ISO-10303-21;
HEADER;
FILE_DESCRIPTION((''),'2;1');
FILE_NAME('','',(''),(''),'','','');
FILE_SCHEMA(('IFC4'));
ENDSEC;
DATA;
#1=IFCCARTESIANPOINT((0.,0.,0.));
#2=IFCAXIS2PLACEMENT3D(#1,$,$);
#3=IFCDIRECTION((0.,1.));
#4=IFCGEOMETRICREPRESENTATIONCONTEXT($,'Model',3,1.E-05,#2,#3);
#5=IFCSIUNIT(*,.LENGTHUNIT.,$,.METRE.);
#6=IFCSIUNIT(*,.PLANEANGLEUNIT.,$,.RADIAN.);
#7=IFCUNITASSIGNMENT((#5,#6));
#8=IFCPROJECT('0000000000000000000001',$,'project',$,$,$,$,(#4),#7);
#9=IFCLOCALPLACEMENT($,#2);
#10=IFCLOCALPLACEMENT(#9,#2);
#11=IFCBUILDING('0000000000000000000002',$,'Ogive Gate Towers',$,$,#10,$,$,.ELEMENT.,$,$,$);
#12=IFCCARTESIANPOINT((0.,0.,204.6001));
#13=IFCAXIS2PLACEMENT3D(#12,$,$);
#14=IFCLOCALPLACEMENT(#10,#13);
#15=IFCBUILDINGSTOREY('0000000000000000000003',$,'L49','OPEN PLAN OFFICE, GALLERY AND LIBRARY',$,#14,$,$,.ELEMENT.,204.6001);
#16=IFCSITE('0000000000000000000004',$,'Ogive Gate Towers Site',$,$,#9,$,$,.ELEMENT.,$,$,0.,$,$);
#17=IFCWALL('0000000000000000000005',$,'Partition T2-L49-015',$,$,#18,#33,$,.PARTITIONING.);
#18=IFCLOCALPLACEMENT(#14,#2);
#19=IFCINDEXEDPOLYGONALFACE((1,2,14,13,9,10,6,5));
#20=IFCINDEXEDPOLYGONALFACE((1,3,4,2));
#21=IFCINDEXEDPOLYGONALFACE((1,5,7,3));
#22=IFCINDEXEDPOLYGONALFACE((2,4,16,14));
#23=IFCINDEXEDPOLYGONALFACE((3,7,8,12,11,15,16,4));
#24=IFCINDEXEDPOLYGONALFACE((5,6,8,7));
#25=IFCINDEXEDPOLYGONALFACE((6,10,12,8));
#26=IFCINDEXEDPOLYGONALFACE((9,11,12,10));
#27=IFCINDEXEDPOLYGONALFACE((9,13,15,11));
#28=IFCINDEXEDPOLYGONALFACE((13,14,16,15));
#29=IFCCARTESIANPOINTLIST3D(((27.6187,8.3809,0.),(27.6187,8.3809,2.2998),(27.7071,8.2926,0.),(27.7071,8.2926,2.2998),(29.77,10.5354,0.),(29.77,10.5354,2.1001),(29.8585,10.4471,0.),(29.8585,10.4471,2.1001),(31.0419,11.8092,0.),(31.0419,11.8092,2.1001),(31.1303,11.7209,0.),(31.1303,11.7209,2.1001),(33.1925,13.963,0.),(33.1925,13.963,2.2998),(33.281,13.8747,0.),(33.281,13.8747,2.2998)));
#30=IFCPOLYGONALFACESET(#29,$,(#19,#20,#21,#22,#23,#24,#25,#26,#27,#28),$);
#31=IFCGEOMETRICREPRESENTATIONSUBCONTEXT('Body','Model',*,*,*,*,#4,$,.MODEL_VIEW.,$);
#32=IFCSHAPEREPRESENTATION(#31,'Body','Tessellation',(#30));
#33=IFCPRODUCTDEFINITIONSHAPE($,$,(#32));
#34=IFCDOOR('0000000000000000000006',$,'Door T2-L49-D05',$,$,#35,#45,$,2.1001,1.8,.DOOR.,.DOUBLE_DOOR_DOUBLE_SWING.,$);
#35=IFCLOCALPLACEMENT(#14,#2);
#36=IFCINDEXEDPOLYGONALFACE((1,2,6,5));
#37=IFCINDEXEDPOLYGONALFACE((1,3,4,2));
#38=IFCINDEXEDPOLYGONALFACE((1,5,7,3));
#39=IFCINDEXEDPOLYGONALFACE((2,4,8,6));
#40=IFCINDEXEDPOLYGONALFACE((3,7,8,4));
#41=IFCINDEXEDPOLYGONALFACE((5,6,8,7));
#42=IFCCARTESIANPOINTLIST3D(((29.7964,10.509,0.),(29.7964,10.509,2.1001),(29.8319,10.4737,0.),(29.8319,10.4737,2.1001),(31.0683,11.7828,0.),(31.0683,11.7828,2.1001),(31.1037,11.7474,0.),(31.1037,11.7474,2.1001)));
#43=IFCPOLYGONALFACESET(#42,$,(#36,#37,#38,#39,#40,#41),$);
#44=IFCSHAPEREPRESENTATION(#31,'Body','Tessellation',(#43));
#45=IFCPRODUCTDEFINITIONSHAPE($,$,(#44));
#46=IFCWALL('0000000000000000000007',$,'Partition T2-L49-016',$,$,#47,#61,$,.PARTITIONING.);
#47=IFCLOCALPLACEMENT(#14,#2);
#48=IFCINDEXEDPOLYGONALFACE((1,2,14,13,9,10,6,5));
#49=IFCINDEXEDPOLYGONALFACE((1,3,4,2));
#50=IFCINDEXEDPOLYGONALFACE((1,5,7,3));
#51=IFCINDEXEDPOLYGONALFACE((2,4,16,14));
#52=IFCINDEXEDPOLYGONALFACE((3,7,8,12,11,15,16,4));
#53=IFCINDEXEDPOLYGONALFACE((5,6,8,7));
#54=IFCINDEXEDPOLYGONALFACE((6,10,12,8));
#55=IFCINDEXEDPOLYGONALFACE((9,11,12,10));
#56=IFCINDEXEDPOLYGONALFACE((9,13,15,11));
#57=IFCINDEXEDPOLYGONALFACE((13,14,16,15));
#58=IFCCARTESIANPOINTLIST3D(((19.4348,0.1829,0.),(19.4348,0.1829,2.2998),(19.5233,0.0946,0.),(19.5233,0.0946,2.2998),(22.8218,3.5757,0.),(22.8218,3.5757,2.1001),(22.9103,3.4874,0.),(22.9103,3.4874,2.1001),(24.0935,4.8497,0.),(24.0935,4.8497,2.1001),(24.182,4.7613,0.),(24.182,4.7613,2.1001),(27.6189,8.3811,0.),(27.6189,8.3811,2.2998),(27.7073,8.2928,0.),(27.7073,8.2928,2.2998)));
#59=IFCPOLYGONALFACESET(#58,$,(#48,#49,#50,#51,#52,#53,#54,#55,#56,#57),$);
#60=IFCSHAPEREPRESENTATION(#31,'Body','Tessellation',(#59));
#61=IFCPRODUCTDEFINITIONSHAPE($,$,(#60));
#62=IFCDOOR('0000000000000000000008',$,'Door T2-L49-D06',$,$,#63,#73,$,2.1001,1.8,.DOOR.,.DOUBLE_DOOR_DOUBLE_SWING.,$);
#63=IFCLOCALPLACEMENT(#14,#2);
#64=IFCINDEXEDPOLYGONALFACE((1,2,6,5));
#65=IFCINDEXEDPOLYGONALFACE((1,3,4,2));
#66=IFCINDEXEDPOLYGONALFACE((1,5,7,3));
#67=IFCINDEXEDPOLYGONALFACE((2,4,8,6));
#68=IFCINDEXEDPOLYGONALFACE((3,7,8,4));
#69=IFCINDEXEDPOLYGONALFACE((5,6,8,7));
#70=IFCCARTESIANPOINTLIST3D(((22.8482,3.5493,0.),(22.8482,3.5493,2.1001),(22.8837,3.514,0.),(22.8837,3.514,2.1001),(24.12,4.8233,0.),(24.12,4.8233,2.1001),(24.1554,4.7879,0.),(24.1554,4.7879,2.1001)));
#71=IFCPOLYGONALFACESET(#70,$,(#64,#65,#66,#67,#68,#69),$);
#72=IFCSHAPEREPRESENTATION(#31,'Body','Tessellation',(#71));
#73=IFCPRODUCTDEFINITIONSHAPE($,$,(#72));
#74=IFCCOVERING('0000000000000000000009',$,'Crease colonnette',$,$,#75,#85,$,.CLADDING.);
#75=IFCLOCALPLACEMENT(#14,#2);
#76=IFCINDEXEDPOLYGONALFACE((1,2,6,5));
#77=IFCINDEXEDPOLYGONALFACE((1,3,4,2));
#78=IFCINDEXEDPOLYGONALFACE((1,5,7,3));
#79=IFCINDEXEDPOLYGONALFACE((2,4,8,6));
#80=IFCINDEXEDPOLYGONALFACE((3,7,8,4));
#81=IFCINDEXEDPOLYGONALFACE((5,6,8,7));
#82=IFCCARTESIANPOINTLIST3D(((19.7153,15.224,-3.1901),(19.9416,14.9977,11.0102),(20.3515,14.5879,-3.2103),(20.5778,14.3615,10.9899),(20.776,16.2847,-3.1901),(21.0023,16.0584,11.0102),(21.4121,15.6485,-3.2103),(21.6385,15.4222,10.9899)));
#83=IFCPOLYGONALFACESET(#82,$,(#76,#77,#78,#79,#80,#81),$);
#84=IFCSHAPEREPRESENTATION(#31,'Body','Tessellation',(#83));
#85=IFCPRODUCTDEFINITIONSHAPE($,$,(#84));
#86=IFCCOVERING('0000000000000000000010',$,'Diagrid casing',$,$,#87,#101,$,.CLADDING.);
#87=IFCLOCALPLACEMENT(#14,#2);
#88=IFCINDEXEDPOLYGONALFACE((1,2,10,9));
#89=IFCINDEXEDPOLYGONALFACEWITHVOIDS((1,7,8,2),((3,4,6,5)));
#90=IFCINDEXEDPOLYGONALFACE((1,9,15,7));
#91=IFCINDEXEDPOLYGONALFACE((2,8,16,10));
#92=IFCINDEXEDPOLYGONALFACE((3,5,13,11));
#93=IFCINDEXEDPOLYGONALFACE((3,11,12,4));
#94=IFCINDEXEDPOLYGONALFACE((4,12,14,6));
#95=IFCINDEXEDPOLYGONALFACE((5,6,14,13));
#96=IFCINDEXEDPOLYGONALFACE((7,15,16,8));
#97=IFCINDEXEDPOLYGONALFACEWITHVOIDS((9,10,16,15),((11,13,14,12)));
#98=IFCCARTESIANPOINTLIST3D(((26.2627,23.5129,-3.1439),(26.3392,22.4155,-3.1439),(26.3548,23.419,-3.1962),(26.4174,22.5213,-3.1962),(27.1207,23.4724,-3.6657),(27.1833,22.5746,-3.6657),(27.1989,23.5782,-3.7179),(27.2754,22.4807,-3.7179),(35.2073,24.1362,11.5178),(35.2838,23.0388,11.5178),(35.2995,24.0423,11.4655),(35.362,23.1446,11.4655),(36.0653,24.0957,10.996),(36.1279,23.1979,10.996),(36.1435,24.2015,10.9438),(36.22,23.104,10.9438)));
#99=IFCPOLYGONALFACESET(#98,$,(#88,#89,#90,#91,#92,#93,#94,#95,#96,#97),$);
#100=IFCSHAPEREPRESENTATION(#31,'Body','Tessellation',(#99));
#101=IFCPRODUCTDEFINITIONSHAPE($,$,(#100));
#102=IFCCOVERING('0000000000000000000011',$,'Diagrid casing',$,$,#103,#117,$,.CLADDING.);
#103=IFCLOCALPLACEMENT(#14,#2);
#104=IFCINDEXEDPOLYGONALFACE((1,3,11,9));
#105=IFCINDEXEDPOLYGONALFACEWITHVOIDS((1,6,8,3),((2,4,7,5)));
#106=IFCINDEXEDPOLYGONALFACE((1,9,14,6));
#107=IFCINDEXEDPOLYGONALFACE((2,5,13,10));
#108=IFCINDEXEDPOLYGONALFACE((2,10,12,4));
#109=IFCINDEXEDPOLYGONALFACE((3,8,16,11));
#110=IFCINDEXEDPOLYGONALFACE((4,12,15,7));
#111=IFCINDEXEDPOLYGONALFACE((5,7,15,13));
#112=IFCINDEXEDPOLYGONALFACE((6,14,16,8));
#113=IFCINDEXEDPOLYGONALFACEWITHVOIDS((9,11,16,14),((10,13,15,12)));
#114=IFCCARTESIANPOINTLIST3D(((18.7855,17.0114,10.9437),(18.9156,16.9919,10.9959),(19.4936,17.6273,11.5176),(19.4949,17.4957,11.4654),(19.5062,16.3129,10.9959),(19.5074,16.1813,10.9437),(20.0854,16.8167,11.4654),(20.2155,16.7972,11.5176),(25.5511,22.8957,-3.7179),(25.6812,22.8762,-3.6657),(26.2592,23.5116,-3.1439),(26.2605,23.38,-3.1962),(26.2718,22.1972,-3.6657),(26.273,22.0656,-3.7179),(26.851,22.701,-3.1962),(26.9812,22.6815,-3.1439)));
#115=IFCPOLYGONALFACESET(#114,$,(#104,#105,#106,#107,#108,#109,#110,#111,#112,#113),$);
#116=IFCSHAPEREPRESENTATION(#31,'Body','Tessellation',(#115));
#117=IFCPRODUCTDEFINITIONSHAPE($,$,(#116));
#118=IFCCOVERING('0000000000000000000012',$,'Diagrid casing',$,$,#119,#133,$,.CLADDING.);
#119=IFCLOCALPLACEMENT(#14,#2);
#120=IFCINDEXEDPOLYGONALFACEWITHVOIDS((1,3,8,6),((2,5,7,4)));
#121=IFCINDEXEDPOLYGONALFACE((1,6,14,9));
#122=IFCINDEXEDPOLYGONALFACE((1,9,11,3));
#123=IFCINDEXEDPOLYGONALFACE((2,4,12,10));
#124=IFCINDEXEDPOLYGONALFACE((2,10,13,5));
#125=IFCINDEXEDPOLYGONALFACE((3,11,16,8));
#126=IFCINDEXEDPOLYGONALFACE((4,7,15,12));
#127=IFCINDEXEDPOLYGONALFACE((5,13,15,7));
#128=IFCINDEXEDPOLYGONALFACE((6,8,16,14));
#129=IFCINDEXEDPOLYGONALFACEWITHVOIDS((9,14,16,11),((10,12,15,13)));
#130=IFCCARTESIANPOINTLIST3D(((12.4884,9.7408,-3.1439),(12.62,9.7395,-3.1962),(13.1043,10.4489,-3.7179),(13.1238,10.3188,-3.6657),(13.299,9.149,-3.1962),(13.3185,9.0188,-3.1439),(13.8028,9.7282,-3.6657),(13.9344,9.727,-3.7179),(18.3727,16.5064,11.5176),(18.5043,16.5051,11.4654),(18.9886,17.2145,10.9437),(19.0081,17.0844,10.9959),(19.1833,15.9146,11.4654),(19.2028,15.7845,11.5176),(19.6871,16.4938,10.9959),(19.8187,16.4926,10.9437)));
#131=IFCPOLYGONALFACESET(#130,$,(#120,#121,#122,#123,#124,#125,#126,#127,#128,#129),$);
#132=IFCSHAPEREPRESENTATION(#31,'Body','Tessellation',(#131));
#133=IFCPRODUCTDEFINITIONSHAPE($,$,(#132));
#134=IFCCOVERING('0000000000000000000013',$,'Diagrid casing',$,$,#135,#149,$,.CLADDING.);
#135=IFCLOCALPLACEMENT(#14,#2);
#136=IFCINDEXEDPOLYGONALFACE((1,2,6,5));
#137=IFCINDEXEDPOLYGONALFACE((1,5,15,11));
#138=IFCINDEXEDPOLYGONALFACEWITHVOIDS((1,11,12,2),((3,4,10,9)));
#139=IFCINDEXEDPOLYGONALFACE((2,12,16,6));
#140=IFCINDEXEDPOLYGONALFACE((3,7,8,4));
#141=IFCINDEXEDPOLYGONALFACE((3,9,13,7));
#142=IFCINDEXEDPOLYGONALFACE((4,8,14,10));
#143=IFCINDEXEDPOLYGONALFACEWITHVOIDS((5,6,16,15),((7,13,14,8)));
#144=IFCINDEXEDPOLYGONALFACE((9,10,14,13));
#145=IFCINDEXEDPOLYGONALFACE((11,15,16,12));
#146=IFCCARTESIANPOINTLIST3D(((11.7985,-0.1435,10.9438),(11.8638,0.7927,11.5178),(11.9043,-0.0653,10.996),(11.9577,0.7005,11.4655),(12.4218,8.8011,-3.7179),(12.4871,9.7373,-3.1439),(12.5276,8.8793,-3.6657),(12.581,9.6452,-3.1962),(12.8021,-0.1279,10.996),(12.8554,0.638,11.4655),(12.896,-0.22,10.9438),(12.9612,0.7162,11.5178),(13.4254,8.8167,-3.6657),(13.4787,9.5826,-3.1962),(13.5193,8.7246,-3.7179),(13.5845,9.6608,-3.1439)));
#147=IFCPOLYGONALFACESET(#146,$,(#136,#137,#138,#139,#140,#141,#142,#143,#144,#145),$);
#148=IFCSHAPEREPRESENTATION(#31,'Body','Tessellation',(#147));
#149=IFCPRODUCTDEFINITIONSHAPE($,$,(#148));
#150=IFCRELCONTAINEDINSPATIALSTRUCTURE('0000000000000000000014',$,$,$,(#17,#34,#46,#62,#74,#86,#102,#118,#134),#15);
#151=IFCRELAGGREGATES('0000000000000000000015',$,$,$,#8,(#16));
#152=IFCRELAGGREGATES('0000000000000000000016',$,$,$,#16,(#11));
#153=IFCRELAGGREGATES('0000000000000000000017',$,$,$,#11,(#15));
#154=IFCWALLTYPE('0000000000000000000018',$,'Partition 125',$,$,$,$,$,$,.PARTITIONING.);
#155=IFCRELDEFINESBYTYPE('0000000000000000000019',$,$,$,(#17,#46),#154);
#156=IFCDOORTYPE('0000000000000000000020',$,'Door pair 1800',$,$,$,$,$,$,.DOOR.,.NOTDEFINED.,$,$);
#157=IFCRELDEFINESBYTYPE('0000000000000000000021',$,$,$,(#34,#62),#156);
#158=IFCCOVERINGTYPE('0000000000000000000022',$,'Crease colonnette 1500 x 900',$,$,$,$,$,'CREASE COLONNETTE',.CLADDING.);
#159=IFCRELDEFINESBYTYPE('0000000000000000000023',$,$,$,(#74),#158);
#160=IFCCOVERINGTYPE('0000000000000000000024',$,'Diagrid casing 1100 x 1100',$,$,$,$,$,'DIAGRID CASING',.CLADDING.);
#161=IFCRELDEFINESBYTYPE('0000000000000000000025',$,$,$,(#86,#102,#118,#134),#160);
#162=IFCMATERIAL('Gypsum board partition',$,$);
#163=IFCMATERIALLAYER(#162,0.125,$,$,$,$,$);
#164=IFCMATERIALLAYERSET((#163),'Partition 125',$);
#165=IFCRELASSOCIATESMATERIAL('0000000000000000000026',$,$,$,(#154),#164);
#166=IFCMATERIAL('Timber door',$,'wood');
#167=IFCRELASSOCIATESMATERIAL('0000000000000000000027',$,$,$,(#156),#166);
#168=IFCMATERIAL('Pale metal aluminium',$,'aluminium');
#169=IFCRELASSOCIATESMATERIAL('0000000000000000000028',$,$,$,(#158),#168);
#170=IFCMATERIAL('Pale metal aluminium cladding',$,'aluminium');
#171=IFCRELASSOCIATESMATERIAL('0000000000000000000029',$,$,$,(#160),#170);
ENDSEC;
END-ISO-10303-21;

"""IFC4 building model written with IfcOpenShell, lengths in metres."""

from ifc_helpers import new_model, si_unit, direction, frame, frame_2d, origin, origin_2d, place, context, subcontext, project, spatial, rectangle, hollow_rectangle, extrude, material, layer, layer_set, material_profile, profile_set, type_object, element, fill, save


model = new_model("IFC4")

# Units and contexts
model_context = context("Model", 3, precision=1e-05, world=origin(), true_north=direction((0.0, 1.0)))
body_context = subcontext(model_context, "Body", "Model", "MODEL_VIEW")
ifc_project = project(units=[si_unit("LENGTHUNIT", "METRE"), si_unit("PLANEANGLEUNIT", "RADIAN")], contexts=[model_context])

# Site, building, storey
site_placement = place(None, origin())
site = spatial("IfcSite", under=ifc_project, at=site_placement, Name="Ogive Gate Towers Site", CompositionType="ELEMENT", RefElevation=0.0)
building_placement = place(site_placement, origin())
building = spatial("IfcBuilding", under=site, at=building_placement, Name="Ogive Gate Towers", CompositionType="ELEMENT")
storey_placement = place(building_placement, frame((0.0, 0.0, 204.6001)))
storey = spatial("IfcBuildingStorey", under=building, at=storey_placement, Name="L49", Description="OPEN PLAN OFFICE, GALLERY AND LIBRARY", CompositionType="ELEMENT", Elevation=204.6001)

# Shared definitions
ifc_material_1 = material(Name="Gypsum board partition")
ifc_layer_1 = layer(ifc_material_1, 0.125)
ifc_layer_set_1 = layer_set([ifc_layer_1], Name="Partition 125")
wall_type_1 = type_object("IfcWallType", Name="Partition 125", PredefinedType="PARTITIONING", material=ifc_layer_set_1)

# Walls, openings, doors
wall_1_placement = place(storey_placement, frame((33.2368, 13.9189, 0.0), z_axis=(0.0, 0.0, 1.0), x_axis=(-0.70658, -0.707633, 0.0)))
wall_1 = element("IfcWall", 1, at=wall_1_placement, inside=storey, type_object=wall_type_1, Name="Partition T2-L49-015", PredefinedType="PARTITIONING", context=body_context, shape_type="SweptSolid", body=[
    extrude(rectangle(XDim=7.8884, YDim=0.125, at=frame_2d((3.9443, 0.0))), origin(), (0.0, 0.0, 1.0), 2.2998),
])
opening_1_placement = place(wall_1_placement, frame((3.0439, 0.0, 0.0)))
opening_1 = element("IfcOpeningElement", 2, at=opening_1_placement, cuts=wall_1, PredefinedType="OPENING", context=body_context, shape_type="SweptSolid", body=[
    extrude(rectangle(XDim=1.8, YDim=2.1001, at=frame_2d((0.8999, 1.05))), frame((0.0, 0.0725, 0.0), z_axis=(0.0, -1.0, 0.0), x_axis=(1.0, 0.0, 0.0)), (0.0, 0.0, 1.0), 0.145),
])
ifc_material_2 = material(Name="Timber door", Category="wood")
door_type = type_object("IfcDoorType", Name="Door pair 1800", OperationType="NOTDEFINED", PredefinedType="DOOR", material=ifc_material_2)
door_1_placement = place(opening_1_placement, origin())
door_1 = element("IfcDoor", 3, at=door_1_placement, inside=storey, type_object=door_type, Name="Door T2-L49-D05", OperationType="DOUBLE_DOOR_DOUBLE_SWING", OverallHeight=2.1001, OverallWidth=1.8, PredefinedType="DOOR", context=body_context, shape_type="SweptSolid", body=[
    extrude(rectangle(XDim=1.8, YDim=2.1001, at=frame_2d((0.8999, 1.05))), frame((0.0, 0.0249, 0.0), z_axis=(0.0, -1.0, 0.0), x_axis=(1.0, 0.0, 0.0)), (0.0, 0.0, 1.0), 0.05),
])
fill(opening_1, door_1)
wall_2_placement = place(storey_placement, frame((27.6631, 8.3369, 0.0), z_axis=(0.0, 0.0, 1.0), x_axis=(-0.706495, -0.707718, 0.0)))
wall_2 = element("IfcWall", 4, at=wall_2_placement, inside=storey, type_object=wall_type_1, Name="Partition T2-L49-016", PredefinedType="PARTITIONING", context=body_context, shape_type="SweptSolid", body=[
    extrude(rectangle(XDim=11.584, YDim=0.125, at=frame_2d((5.792, 0.0))), origin(), (0.0, 0.0, 1.0), 2.2998),
])
opening_2_placement = place(wall_2_placement, frame((4.99, 0.0, 0.0)))
opening_2 = element("IfcOpeningElement", 5, at=opening_2_placement, cuts=wall_2, PredefinedType="OPENING", context=body_context, shape_type="SweptSolid", body=[
    extrude(rectangle(XDim=1.8, YDim=2.1001, at=frame_2d((0.8999, 1.05))), frame((0.0, 0.0725, 0.0), z_axis=(0.0, -1.0, 0.0), x_axis=(1.0, 0.0, 0.0)), (0.0, 0.0, 1.0), 0.145),
])
door_2_placement = place(opening_2_placement, origin())
door_2 = element("IfcDoor", 6, at=door_2_placement, inside=storey, type_object=door_type, Name="Door T2-L49-D06", OperationType="DOUBLE_DOOR_DOUBLE_SWING", OverallHeight=2.1001, OverallWidth=1.8, PredefinedType="DOOR", context=body_context, shape_type="SweptSolid", body=[
    extrude(rectangle(XDim=1.8, YDim=2.1001, at=frame_2d((0.8999, 1.05))), frame((0.0, 0.0249, 0.0), z_axis=(0.0, -1.0, 0.0), x_axis=(1.0, 0.0, 0.0)), (0.0, 0.0, 1.0), 0.05),
])
fill(opening_2, door_2)

# Coverings
ifc_material_3 = material(Name="Pale metal aluminium", Category="aluminium")
ifc_material_profile_1 = material_profile(ifc_material_3, rectangle(XDim=1.5, YDim=0.8999, at=origin_2d()), Name="1500 x 900 pale metal aluminium")
ifc_profile_set_1 = profile_set([ifc_material_profile_1], Name="Pale metal aluminium")
covering_type_1 = type_object("IfcCoveringType", Name="Crease colonnette 1500 x 900", ElementType="CREASE COLONNETTE", PredefinedType="CLADDING", material=ifc_profile_set_1)
covering_placement = place(storey_placement, frame((20.5637, 15.4363, -3.2002), z_axis=(0.015934, -0.015934, 0.999746), x_axis=(0.707107, 0.707107, 0.0)))
element("IfcCovering", 7, at=covering_placement, inside=storey, type_object=covering_type_1, Name="Crease colonnette", PredefinedType="CLADDING", context=body_context, shape_type="SweptSolid", body=[
    extrude(rectangle(XDim=1.5, YDim=0.8999, at=origin_2d()), origin(), (0.0, 0.0, 1.0), 14.2039),
])
ifc_material_4 = material(Name="Pale metal aluminium cladding", Category="aluminium")
ifc_material_profile_2 = material_profile(ifc_material_4, hollow_rectangle(XDim=1.1001, YDim=1.1001, WallThickness=0.1001, at=origin_2d()), Name="1100 x 1100 pale metal casing")
ifc_profile_set_2 = profile_set([ifc_material_profile_2], Name="Pale metal aluminium cladding")
covering_type_2 = type_object("IfcCoveringType", Name="Diagrid casing 1100 x 1100", ElementType="DIAGRID CASING", PredefinedType="CLADDING", material=ifc_profile_set_2)
for number, where, z_axis, x_axis, name in (
    (8, (26.769, 22.9968, -3.4309), (0.520459, 0.036267, 0.853116), (-0.069515, 0.997581, 0.0), "Diagrid casing"),
    (9, (26.2661, 22.7886, -3.4309), (-0.393669, -0.342386, 0.85311), (0.65625, -0.754543, 0.0), "Diagrid casing"),
    (10, (13.2114, 9.7339, -3.4309), (0.342386, 0.393669, 0.85311), (-0.754543, 0.65625, 0.0), "Diagrid casing"),
    (11, (13.0032, 9.231, -3.4309), (-0.036267, -0.520459, 0.853116), (0.997581, -0.069515, 0.0), "Diagrid casing"),
):
    element("IfcCovering", number, at=place(storey_placement, frame(where, z_axis=z_axis, x_axis=x_axis)), inside=storey, type_object=covering_type_2, Name=name, PredefinedType="CLADDING", context=body_context, shape_type="SweptSolid", body=[
        extrude(hollow_rectangle(XDim=1.1001, YDim=1.1001, WallThickness=0.1001, at=origin_2d()), origin(), (0.0, 0.0, 1.0), 17.186),
    ])

save(model, "model.ifc")
